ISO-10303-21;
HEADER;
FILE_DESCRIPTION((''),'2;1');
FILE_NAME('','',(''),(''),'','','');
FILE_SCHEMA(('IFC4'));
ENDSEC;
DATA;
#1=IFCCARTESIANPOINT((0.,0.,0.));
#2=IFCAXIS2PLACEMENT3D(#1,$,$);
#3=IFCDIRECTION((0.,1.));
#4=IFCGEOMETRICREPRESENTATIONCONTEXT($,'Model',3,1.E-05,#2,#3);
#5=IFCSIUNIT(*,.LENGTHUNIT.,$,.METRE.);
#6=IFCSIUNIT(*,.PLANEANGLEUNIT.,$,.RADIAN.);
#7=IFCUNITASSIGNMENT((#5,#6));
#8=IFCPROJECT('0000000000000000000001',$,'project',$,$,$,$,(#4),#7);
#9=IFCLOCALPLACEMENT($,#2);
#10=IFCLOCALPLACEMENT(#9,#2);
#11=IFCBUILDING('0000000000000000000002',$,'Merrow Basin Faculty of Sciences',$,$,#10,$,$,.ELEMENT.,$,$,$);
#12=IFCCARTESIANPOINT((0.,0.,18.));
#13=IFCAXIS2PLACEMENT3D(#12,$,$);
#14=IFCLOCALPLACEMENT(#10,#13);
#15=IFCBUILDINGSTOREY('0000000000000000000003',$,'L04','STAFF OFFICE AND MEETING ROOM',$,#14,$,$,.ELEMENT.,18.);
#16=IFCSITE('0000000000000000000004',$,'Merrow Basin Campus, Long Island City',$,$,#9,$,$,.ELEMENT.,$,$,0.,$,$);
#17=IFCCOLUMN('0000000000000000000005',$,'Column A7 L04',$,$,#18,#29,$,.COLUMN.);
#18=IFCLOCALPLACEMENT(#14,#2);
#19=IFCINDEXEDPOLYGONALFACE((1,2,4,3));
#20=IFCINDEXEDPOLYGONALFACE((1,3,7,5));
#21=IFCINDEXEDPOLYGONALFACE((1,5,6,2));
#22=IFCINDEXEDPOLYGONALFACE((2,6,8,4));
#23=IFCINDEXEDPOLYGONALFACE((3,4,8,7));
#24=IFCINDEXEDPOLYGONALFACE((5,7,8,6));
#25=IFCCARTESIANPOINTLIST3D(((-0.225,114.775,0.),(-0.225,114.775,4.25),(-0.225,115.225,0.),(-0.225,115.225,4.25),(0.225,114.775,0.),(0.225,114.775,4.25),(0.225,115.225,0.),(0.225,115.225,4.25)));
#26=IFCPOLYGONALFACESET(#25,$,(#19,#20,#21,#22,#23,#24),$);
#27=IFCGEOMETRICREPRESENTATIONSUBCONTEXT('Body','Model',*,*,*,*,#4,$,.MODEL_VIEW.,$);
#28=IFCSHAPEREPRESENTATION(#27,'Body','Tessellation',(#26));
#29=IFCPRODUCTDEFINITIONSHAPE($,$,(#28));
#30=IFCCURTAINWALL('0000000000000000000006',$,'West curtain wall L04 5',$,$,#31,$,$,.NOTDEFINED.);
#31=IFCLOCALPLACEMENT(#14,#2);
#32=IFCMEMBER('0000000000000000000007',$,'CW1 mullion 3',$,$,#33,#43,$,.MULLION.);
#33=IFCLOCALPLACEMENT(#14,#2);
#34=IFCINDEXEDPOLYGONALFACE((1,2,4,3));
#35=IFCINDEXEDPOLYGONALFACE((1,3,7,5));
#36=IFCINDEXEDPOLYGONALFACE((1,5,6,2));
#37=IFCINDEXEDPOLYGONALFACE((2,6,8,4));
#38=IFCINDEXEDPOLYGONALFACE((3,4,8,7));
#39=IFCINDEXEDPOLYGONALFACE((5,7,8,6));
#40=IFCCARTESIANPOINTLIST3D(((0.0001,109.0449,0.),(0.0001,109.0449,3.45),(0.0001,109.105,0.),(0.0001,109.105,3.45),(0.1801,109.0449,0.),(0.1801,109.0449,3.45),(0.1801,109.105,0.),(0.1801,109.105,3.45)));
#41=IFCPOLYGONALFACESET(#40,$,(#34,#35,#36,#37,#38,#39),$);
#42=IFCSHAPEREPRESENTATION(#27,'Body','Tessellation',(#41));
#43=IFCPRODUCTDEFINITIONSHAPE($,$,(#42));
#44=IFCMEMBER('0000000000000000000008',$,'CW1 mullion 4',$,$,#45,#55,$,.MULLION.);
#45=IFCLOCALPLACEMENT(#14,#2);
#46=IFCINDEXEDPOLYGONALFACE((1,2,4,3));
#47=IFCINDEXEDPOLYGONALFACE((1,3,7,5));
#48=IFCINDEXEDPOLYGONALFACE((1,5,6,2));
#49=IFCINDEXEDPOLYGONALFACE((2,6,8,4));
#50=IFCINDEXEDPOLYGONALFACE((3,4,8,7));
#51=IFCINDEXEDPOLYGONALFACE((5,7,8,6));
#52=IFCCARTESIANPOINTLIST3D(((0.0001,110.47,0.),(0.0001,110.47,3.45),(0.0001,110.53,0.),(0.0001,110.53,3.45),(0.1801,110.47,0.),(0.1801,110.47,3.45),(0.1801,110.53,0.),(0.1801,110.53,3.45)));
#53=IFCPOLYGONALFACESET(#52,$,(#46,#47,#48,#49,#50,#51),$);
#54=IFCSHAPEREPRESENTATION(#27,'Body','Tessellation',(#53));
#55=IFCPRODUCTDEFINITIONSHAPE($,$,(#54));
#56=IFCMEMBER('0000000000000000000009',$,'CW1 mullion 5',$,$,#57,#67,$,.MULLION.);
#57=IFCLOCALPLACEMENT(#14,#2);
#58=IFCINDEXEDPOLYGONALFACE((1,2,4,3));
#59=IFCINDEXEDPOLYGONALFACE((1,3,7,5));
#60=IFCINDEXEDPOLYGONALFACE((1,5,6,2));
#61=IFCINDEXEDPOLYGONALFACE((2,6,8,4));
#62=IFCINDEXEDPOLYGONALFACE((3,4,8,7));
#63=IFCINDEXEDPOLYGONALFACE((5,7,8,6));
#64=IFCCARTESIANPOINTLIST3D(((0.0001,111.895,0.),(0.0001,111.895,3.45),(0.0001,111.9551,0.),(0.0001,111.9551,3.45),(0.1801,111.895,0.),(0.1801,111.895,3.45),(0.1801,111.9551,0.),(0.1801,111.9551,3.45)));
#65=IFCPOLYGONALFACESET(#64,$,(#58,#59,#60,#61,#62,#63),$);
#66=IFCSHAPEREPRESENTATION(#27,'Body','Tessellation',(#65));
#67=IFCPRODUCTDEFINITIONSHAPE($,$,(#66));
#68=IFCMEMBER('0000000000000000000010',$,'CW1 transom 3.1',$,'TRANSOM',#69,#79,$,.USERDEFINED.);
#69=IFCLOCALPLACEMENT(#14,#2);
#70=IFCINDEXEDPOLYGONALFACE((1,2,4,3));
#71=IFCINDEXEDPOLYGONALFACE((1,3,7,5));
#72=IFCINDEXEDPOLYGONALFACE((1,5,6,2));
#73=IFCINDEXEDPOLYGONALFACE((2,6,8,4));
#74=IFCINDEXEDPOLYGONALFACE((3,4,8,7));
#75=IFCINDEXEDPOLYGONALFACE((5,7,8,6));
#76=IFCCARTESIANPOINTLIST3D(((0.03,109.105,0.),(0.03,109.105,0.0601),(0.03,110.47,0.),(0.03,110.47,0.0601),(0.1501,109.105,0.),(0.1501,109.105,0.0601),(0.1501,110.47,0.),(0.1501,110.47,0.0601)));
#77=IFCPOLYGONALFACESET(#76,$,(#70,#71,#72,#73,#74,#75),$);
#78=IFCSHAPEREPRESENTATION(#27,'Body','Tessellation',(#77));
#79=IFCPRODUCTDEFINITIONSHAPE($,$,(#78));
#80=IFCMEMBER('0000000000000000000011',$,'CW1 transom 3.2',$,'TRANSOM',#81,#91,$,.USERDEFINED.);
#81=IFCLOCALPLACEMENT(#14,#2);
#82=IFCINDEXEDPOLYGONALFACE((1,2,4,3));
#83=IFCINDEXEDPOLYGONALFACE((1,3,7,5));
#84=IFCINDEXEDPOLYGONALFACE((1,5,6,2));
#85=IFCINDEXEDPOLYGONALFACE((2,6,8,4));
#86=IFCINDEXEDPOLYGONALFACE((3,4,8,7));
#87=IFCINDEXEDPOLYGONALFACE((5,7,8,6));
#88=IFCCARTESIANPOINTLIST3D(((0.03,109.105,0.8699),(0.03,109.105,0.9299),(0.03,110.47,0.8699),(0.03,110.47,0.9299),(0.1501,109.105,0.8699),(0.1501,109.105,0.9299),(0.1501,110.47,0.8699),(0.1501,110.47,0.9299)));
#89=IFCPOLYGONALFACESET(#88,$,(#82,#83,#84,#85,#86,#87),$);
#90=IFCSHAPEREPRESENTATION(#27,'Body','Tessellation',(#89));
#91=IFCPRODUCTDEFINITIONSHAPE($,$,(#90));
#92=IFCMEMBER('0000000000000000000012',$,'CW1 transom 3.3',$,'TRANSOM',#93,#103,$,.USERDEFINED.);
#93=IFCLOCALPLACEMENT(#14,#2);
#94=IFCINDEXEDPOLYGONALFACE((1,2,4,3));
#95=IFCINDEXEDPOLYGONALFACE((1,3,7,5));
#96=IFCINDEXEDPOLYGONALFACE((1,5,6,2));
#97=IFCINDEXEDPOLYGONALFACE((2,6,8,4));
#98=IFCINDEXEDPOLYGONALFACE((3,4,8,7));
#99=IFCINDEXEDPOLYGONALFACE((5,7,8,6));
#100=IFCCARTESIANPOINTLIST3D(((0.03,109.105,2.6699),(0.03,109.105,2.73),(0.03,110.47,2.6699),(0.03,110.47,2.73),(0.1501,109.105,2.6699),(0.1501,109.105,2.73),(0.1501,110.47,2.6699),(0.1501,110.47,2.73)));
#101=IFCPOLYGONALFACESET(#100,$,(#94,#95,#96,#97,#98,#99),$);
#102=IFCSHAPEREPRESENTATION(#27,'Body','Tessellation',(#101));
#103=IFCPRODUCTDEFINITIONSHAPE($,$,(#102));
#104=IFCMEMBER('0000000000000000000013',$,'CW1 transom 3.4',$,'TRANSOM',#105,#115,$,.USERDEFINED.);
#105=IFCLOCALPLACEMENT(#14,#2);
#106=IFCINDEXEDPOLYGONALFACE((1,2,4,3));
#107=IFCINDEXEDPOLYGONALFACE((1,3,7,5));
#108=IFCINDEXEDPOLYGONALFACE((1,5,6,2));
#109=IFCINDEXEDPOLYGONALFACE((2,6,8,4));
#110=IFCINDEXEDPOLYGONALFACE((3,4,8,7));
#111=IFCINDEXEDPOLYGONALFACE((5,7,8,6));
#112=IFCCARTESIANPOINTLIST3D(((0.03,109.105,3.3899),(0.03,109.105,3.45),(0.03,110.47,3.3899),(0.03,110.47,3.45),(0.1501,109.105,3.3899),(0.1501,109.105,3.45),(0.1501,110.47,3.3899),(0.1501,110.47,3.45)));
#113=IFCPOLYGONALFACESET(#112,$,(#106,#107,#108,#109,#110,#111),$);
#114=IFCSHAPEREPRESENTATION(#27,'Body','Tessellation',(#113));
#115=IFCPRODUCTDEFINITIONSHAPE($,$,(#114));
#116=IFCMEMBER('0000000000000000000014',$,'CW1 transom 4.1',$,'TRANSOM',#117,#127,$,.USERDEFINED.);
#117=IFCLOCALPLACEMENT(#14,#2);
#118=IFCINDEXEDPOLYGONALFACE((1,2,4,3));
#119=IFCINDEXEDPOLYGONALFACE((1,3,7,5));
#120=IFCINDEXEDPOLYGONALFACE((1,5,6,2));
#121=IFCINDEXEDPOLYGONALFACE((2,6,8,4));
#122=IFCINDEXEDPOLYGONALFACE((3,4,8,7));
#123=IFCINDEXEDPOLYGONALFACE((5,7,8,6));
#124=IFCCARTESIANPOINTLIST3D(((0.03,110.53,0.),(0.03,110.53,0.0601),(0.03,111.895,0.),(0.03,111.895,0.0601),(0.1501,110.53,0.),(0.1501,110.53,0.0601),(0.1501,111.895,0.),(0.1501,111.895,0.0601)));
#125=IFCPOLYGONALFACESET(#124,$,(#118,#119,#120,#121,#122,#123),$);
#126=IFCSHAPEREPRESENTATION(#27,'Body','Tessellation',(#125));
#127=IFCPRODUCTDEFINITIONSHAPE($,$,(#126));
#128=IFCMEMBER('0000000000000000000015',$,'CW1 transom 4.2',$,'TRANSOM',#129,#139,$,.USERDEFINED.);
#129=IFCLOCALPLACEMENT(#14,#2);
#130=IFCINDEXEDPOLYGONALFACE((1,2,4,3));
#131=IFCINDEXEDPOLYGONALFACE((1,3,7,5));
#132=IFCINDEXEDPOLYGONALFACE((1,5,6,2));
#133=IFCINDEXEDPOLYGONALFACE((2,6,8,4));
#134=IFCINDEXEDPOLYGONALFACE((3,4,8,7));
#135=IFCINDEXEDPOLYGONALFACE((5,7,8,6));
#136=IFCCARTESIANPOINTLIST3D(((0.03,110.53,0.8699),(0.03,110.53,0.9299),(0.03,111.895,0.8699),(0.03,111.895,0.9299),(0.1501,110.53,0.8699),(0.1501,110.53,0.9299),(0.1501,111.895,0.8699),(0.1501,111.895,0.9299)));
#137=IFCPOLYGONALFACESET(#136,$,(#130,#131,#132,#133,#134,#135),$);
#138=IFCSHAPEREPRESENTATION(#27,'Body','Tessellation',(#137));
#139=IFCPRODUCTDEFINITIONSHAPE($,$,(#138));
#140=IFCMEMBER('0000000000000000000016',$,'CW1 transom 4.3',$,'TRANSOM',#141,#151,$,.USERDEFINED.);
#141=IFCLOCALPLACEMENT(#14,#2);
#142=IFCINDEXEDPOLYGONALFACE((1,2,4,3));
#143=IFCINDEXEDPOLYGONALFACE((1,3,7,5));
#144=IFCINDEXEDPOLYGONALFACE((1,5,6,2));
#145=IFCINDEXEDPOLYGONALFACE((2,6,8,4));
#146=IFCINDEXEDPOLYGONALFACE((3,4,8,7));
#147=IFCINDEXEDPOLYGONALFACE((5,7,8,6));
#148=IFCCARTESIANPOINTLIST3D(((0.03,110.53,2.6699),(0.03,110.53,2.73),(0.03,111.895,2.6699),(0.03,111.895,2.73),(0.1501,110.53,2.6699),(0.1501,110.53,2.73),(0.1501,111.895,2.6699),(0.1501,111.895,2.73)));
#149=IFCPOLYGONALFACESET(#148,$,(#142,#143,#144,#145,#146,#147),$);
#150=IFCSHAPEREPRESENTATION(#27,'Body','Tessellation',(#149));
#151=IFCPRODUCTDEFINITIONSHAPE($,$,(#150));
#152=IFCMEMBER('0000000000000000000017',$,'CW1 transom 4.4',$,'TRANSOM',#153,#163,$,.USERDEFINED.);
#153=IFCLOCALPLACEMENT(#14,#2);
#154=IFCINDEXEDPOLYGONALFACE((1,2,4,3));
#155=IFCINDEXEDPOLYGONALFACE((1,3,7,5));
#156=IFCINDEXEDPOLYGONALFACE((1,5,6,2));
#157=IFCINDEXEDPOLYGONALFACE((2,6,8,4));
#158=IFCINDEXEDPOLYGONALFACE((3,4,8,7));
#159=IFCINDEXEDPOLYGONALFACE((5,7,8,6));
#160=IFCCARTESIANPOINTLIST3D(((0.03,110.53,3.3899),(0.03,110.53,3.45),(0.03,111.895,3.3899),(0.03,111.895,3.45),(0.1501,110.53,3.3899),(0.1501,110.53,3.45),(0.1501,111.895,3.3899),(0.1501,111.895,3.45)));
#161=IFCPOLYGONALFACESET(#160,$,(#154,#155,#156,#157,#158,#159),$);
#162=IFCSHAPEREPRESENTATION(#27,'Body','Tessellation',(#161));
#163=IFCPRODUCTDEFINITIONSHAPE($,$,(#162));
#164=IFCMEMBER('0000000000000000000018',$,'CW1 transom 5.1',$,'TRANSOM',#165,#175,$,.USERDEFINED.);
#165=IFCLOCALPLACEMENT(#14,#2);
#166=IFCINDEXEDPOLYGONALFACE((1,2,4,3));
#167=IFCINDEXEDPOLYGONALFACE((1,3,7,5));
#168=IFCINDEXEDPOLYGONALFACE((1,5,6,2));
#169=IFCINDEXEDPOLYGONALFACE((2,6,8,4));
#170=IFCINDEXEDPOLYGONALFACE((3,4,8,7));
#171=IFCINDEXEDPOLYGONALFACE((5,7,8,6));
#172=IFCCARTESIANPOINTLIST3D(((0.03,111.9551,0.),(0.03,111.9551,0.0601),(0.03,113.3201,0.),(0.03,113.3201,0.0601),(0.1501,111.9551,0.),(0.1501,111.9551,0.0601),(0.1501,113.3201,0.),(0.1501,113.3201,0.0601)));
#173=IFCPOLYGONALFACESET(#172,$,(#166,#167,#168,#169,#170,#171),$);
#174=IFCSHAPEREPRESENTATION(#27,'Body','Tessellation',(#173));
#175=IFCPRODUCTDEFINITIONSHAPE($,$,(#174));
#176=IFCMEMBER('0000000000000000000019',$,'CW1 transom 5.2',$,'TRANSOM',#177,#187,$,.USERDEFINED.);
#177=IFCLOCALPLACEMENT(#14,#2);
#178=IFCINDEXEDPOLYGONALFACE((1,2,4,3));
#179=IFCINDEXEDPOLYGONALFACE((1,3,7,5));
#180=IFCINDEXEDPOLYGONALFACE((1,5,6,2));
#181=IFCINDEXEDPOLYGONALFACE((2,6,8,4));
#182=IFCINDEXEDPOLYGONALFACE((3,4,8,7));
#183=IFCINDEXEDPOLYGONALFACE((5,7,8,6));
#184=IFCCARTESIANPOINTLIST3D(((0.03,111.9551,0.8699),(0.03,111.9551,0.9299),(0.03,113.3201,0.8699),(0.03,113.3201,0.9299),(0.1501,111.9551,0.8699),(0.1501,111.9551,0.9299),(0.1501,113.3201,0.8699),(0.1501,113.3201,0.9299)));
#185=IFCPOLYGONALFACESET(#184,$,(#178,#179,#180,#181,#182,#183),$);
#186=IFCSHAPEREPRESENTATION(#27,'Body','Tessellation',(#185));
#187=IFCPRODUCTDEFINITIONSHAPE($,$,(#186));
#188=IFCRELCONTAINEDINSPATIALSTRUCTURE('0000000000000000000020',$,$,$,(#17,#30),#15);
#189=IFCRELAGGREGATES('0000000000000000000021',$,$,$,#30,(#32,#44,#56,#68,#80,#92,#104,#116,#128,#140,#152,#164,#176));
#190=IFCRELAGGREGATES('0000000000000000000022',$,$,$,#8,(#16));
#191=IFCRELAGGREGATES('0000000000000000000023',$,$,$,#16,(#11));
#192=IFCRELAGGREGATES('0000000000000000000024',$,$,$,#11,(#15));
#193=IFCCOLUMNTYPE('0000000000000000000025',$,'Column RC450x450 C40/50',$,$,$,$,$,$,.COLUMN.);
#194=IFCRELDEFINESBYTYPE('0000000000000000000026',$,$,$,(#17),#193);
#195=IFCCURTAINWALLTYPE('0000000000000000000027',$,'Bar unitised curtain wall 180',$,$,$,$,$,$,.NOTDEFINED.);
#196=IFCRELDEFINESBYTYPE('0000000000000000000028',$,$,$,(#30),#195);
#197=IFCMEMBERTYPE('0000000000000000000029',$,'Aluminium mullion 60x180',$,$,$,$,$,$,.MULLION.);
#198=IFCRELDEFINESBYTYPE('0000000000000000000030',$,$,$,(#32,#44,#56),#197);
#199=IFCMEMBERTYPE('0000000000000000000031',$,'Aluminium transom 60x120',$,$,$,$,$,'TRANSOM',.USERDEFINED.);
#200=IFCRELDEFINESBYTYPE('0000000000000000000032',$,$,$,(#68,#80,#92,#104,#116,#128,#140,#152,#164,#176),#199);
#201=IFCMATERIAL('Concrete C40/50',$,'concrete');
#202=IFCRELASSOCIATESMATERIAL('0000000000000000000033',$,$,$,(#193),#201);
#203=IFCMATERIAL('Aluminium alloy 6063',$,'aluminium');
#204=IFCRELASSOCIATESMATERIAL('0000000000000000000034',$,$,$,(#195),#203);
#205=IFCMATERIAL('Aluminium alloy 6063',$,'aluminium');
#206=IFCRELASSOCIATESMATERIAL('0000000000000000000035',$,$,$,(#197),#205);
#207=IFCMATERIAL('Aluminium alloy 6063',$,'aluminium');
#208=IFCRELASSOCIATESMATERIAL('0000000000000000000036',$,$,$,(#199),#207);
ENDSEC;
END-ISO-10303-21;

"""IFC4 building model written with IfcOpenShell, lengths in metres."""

from ifc_helpers import new_model, si_unit, direction, frame, origin, origin_2d, place, context, subcontext, project, spatial, rectangle, extrude, material, material_profile, profile_set, type_object, element, aggregate, save


model = new_model("IFC4")

# Units and contexts
model_context = context("Model", 3, precision=1e-05, world=origin(), true_north=direction((0.0, 1.0)))
body_context = subcontext(model_context, "Body", "Model", "MODEL_VIEW")
ifc_project = project(units=[si_unit("LENGTHUNIT", "METRE"), si_unit("PLANEANGLEUNIT", "RADIAN")], contexts=[model_context])

# Site, building, storey
site_placement = place(None, origin())
site = spatial("IfcSite", under=ifc_project, at=site_placement, Name="Merrow Basin Campus, Long Island City", CompositionType="ELEMENT", RefElevation=0.0)
building_placement = place(site_placement, origin())
building = spatial("IfcBuilding", under=site, at=building_placement, Name="Merrow Basin Faculty of Sciences", CompositionType="ELEMENT")
storey_placement = place(building_placement, frame((0.0, 0.0, 18.0)))
storey = spatial("IfcBuildingStorey", under=building, at=storey_placement, Name="L04", Description="STAFF OFFICE AND MEETING ROOM", CompositionType="ELEMENT", Elevation=18.0)

# Column
ifc_material_1 = material(Name="Concrete C40/50", Category="concrete")
ifc_material_profile_1 = material_profile(ifc_material_1, rectangle(XDim=0.45, YDim=0.45, at=origin_2d()))
ifc_profile_set_1 = profile_set([ifc_material_profile_1], Name="Concrete C40/50")
column_type = type_object("IfcColumnType", Name="Column RC450x450 C40/50", PredefinedType="COLUMN", material=ifc_profile_set_1)
column_placement = place(storey_placement, frame((0.0, 115.0, 0.0), z_axis=(0.0, 0.0, 1.0), x_axis=(1.0, 0.0, 0.0)))
element("IfcColumn", 1, at=column_placement, inside=storey, type_object=column_type, Name="Column A7 L04", PredefinedType="COLUMN", context=body_context, shape_type="SweptSolid", body=[
    extrude(rectangle(XDim=0.45, YDim=0.45, at=origin_2d()), origin(), (0.0, 0.0, 1.0), 4.25),
])

# Curtain wall, members
ifc_material_2 = material(Name="Aluminium alloy 6063", Category="aluminium")
curtain_wall_type = type_object("IfcCurtainWallType", Name="Bar unitised curtain wall 180", PredefinedType="NOTDEFINED", material=ifc_material_2)
curtain_wall_placement = place(storey_placement, origin())
curtain_wall = element("IfcCurtainWall", 2, at=curtain_wall_placement, inside=storey, type_object=curtain_wall_type, Name="West curtain wall L04 5", PredefinedType="NOTDEFINED")
ifc_material_3 = material(Name="Aluminium alloy 6063", Category="aluminium")
ifc_material_profile_2 = material_profile(ifc_material_3, rectangle(XDim=0.1799, YDim=0.0601, at=origin_2d()))
ifc_profile_set_2 = profile_set([ifc_material_profile_2], Name="Aluminium alloy 6063")
member_type_1 = type_object("IfcMemberType", Name="Aluminium mullion 60x180", PredefinedType="MULLION", material=ifc_profile_set_2)
member_1_placement = place(storey_placement, frame((0.0901, 109.075, 0.0), z_axis=(0.0, 0.0, 1.0), x_axis=(-1.0, 0.0, 0.0)))
member_1 = element("IfcMember", 3, at=member_1_placement, type_object=member_type_1, Name="CW1 mullion 3", PredefinedType="MULLION", context=body_context, shape_type="SweptSolid", body=[
    extrude(rectangle(XDim=0.1799, YDim=0.0601, at=origin_2d()), origin(), (0.0, 0.0, 1.0), 3.45),
])
member_2_placement = place(storey_placement, frame((0.0901, 110.5, 0.0), z_axis=(0.0, 0.0, 1.0), x_axis=(-1.0, 0.0, 0.0)))
member_2 = element("IfcMember", 4, at=member_2_placement, type_object=member_type_1, Name="CW1 mullion 4", PredefinedType="MULLION", context=body_context, shape_type="SweptSolid", body=[
    extrude(rectangle(XDim=0.1799, YDim=0.0601, at=origin_2d()), origin(), (0.0, 0.0, 1.0), 3.45),
])
member_3_placement = place(storey_placement, frame((0.0901, 111.925, 0.0), z_axis=(0.0, 0.0, 1.0), x_axis=(-1.0, 0.0, 0.0)))
member_3 = element("IfcMember", 5, at=member_3_placement, type_object=member_type_1, Name="CW1 mullion 5", PredefinedType="MULLION", context=body_context, shape_type="SweptSolid", body=[
    extrude(rectangle(XDim=0.1799, YDim=0.0601, at=origin_2d()), origin(), (0.0, 0.0, 1.0), 3.45),
])
ifc_material_4 = material(Name="Aluminium alloy 6063", Category="aluminium")
ifc_material_profile_3 = material_profile(ifc_material_4, rectangle(XDim=0.1201, YDim=0.0601, at=origin_2d()))
ifc_profile_set_3 = profile_set([ifc_material_profile_3], Name="Aluminium alloy 6063")
member_type_2 = type_object("IfcMemberType", Name="Aluminium transom 60x120", ElementType="TRANSOM", PredefinedType="USERDEFINED", material=ifc_profile_set_3)
member_4_placement = place(storey_placement, frame((0.0901, 109.105, 0.03), z_axis=(0.0, 1.0, 0.0), x_axis=(-1.0, 0.0, 0.0)))
member_4 = element("IfcMember", 6, at=member_4_placement, type_object=member_type_2, Name="CW1 transom 3.1", ObjectType="TRANSOM", PredefinedType="USERDEFINED", context=body_context, shape_type="SweptSolid", body=[
    extrude(rectangle(XDim=0.1201, YDim=0.0601, at=origin_2d()), origin(), (0.0, 0.0, 1.0), 1.365),
])
member_5_placement = place(storey_placement, frame((0.0901, 109.105, 0.8999), z_axis=(0.0, 1.0, 0.0), x_axis=(-1.0, 0.0, 0.0)))
member_5 = element("IfcMember", 7, at=member_5_placement, type_object=member_type_2, Name="CW1 transom 3.2", ObjectType="TRANSOM", PredefinedType="USERDEFINED", context=body_context, shape_type="SweptSolid", body=[
    extrude(rectangle(XDim=0.1201, YDim=0.0601, at=origin_2d()), origin(), (0.0, 0.0, 1.0), 1.365),
])
member_6_placement = place(storey_placement, frame((0.0901, 109.105, 2.7), z_axis=(0.0, 1.0, 0.0), x_axis=(-1.0, 0.0, 0.0)))
member_6 = element("IfcMember", 8, at=member_6_placement, type_object=member_type_2, Name="CW1 transom 3.3", ObjectType="TRANSOM", PredefinedType="USERDEFINED", context=body_context, shape_type="SweptSolid", body=[
    extrude(rectangle(XDim=0.1201, YDim=0.0601, at=origin_2d()), origin(), (0.0, 0.0, 1.0), 1.365),
])
member_7_placement = place(storey_placement, frame((0.0901, 109.105, 3.4199), z_axis=(0.0, 1.0, 0.0), x_axis=(-1.0, 0.0, 0.0)))
member_7 = element("IfcMember", 9, at=member_7_placement, type_object=member_type_2, Name="CW1 transom 3.4", ObjectType="TRANSOM", PredefinedType="USERDEFINED", context=body_context, shape_type="SweptSolid", body=[
    extrude(rectangle(XDim=0.1201, YDim=0.0601, at=origin_2d()), origin(), (0.0, 0.0, 1.0), 1.365),
])
member_8_placement = place(storey_placement, frame((0.0901, 110.53, 0.03), z_axis=(0.0, 1.0, 0.0), x_axis=(-1.0, 0.0, 0.0)))
member_8 = element("IfcMember", 10, at=member_8_placement, type_object=member_type_2, Name="CW1 transom 4.1", ObjectType="TRANSOM", PredefinedType="USERDEFINED", context=body_context, shape_type="SweptSolid", body=[
    extrude(rectangle(XDim=0.1201, YDim=0.0601, at=origin_2d()), origin(), (0.0, 0.0, 1.0), 1.365),
])
member_9_placement = place(storey_placement, frame((0.0901, 110.53, 0.8999), z_axis=(0.0, 1.0, 0.0), x_axis=(-1.0, 0.0, 0.0)))
member_9 = element("IfcMember", 11, at=member_9_placement, type_object=member_type_2, Name="CW1 transom 4.2", ObjectType="TRANSOM", PredefinedType="USERDEFINED", context=body_context, shape_type="SweptSolid", body=[
    extrude(rectangle(XDim=0.1201, YDim=0.0601, at=origin_2d()), origin(), (0.0, 0.0, 1.0), 1.365),
])
member_10_placement = place(storey_placement, frame((0.0901, 110.53, 2.7), z_axis=(0.0, 1.0, 0.0), x_axis=(-1.0, 0.0, 0.0)))
member_10 = element("IfcMember", 12, at=member_10_placement, type_object=member_type_2, Name="CW1 transom 4.3", ObjectType="TRANSOM", PredefinedType="USERDEFINED", context=body_context, shape_type="SweptSolid", body=[
    extrude(rectangle(XDim=0.1201, YDim=0.0601, at=origin_2d()), origin(), (0.0, 0.0, 1.0), 1.365),
])
member_11_placement = place(storey_placement, frame((0.0901, 110.53, 3.4199), z_axis=(0.0, 1.0, 0.0), x_axis=(-1.0, 0.0, 0.0)))
member_11 = element("IfcMember", 13, at=member_11_placement, type_object=member_type_2, Name="CW1 transom 4.4", ObjectType="TRANSOM", PredefinedType="USERDEFINED", context=body_context, shape_type="SweptSolid", body=[
    extrude(rectangle(XDim=0.1201, YDim=0.0601, at=origin_2d()), origin(), (0.0, 0.0, 1.0), 1.365),
])
member_12_placement = place(storey_placement, frame((0.0901, 111.9551, 0.03), z_axis=(0.0, 1.0, 0.0), x_axis=(-1.0, 0.0, 0.0)))
member_12 = element("IfcMember", 14, at=member_12_placement, type_object=member_type_2, Name="CW1 transom 5.1", ObjectType="TRANSOM", PredefinedType="USERDEFINED", context=body_context, shape_type="SweptSolid", body=[
    extrude(rectangle(XDim=0.1201, YDim=0.0601, at=origin_2d()), origin(), (0.0, 0.0, 1.0), 1.365),
])
member_13_placement = place(storey_placement, frame((0.0901, 111.9551, 0.8999), z_axis=(0.0, 1.0, 0.0), x_axis=(-1.0, 0.0, 0.0)))
member_13 = element("IfcMember", 15, at=member_13_placement, type_object=member_type_2, Name="CW1 transom 5.2", ObjectType="TRANSOM", PredefinedType="USERDEFINED", context=body_context, shape_type="SweptSolid", body=[
    extrude(rectangle(XDim=0.1201, YDim=0.0601, at=origin_2d()), origin(), (0.0, 0.0, 1.0), 1.365),
])

aggregate(curtain_wall, [member_1, member_2, member_3, member_4, member_5, member_6, member_7, member_8, member_9, member_10, member_11, member_12, member_13])

save(model, "model.ifc")
